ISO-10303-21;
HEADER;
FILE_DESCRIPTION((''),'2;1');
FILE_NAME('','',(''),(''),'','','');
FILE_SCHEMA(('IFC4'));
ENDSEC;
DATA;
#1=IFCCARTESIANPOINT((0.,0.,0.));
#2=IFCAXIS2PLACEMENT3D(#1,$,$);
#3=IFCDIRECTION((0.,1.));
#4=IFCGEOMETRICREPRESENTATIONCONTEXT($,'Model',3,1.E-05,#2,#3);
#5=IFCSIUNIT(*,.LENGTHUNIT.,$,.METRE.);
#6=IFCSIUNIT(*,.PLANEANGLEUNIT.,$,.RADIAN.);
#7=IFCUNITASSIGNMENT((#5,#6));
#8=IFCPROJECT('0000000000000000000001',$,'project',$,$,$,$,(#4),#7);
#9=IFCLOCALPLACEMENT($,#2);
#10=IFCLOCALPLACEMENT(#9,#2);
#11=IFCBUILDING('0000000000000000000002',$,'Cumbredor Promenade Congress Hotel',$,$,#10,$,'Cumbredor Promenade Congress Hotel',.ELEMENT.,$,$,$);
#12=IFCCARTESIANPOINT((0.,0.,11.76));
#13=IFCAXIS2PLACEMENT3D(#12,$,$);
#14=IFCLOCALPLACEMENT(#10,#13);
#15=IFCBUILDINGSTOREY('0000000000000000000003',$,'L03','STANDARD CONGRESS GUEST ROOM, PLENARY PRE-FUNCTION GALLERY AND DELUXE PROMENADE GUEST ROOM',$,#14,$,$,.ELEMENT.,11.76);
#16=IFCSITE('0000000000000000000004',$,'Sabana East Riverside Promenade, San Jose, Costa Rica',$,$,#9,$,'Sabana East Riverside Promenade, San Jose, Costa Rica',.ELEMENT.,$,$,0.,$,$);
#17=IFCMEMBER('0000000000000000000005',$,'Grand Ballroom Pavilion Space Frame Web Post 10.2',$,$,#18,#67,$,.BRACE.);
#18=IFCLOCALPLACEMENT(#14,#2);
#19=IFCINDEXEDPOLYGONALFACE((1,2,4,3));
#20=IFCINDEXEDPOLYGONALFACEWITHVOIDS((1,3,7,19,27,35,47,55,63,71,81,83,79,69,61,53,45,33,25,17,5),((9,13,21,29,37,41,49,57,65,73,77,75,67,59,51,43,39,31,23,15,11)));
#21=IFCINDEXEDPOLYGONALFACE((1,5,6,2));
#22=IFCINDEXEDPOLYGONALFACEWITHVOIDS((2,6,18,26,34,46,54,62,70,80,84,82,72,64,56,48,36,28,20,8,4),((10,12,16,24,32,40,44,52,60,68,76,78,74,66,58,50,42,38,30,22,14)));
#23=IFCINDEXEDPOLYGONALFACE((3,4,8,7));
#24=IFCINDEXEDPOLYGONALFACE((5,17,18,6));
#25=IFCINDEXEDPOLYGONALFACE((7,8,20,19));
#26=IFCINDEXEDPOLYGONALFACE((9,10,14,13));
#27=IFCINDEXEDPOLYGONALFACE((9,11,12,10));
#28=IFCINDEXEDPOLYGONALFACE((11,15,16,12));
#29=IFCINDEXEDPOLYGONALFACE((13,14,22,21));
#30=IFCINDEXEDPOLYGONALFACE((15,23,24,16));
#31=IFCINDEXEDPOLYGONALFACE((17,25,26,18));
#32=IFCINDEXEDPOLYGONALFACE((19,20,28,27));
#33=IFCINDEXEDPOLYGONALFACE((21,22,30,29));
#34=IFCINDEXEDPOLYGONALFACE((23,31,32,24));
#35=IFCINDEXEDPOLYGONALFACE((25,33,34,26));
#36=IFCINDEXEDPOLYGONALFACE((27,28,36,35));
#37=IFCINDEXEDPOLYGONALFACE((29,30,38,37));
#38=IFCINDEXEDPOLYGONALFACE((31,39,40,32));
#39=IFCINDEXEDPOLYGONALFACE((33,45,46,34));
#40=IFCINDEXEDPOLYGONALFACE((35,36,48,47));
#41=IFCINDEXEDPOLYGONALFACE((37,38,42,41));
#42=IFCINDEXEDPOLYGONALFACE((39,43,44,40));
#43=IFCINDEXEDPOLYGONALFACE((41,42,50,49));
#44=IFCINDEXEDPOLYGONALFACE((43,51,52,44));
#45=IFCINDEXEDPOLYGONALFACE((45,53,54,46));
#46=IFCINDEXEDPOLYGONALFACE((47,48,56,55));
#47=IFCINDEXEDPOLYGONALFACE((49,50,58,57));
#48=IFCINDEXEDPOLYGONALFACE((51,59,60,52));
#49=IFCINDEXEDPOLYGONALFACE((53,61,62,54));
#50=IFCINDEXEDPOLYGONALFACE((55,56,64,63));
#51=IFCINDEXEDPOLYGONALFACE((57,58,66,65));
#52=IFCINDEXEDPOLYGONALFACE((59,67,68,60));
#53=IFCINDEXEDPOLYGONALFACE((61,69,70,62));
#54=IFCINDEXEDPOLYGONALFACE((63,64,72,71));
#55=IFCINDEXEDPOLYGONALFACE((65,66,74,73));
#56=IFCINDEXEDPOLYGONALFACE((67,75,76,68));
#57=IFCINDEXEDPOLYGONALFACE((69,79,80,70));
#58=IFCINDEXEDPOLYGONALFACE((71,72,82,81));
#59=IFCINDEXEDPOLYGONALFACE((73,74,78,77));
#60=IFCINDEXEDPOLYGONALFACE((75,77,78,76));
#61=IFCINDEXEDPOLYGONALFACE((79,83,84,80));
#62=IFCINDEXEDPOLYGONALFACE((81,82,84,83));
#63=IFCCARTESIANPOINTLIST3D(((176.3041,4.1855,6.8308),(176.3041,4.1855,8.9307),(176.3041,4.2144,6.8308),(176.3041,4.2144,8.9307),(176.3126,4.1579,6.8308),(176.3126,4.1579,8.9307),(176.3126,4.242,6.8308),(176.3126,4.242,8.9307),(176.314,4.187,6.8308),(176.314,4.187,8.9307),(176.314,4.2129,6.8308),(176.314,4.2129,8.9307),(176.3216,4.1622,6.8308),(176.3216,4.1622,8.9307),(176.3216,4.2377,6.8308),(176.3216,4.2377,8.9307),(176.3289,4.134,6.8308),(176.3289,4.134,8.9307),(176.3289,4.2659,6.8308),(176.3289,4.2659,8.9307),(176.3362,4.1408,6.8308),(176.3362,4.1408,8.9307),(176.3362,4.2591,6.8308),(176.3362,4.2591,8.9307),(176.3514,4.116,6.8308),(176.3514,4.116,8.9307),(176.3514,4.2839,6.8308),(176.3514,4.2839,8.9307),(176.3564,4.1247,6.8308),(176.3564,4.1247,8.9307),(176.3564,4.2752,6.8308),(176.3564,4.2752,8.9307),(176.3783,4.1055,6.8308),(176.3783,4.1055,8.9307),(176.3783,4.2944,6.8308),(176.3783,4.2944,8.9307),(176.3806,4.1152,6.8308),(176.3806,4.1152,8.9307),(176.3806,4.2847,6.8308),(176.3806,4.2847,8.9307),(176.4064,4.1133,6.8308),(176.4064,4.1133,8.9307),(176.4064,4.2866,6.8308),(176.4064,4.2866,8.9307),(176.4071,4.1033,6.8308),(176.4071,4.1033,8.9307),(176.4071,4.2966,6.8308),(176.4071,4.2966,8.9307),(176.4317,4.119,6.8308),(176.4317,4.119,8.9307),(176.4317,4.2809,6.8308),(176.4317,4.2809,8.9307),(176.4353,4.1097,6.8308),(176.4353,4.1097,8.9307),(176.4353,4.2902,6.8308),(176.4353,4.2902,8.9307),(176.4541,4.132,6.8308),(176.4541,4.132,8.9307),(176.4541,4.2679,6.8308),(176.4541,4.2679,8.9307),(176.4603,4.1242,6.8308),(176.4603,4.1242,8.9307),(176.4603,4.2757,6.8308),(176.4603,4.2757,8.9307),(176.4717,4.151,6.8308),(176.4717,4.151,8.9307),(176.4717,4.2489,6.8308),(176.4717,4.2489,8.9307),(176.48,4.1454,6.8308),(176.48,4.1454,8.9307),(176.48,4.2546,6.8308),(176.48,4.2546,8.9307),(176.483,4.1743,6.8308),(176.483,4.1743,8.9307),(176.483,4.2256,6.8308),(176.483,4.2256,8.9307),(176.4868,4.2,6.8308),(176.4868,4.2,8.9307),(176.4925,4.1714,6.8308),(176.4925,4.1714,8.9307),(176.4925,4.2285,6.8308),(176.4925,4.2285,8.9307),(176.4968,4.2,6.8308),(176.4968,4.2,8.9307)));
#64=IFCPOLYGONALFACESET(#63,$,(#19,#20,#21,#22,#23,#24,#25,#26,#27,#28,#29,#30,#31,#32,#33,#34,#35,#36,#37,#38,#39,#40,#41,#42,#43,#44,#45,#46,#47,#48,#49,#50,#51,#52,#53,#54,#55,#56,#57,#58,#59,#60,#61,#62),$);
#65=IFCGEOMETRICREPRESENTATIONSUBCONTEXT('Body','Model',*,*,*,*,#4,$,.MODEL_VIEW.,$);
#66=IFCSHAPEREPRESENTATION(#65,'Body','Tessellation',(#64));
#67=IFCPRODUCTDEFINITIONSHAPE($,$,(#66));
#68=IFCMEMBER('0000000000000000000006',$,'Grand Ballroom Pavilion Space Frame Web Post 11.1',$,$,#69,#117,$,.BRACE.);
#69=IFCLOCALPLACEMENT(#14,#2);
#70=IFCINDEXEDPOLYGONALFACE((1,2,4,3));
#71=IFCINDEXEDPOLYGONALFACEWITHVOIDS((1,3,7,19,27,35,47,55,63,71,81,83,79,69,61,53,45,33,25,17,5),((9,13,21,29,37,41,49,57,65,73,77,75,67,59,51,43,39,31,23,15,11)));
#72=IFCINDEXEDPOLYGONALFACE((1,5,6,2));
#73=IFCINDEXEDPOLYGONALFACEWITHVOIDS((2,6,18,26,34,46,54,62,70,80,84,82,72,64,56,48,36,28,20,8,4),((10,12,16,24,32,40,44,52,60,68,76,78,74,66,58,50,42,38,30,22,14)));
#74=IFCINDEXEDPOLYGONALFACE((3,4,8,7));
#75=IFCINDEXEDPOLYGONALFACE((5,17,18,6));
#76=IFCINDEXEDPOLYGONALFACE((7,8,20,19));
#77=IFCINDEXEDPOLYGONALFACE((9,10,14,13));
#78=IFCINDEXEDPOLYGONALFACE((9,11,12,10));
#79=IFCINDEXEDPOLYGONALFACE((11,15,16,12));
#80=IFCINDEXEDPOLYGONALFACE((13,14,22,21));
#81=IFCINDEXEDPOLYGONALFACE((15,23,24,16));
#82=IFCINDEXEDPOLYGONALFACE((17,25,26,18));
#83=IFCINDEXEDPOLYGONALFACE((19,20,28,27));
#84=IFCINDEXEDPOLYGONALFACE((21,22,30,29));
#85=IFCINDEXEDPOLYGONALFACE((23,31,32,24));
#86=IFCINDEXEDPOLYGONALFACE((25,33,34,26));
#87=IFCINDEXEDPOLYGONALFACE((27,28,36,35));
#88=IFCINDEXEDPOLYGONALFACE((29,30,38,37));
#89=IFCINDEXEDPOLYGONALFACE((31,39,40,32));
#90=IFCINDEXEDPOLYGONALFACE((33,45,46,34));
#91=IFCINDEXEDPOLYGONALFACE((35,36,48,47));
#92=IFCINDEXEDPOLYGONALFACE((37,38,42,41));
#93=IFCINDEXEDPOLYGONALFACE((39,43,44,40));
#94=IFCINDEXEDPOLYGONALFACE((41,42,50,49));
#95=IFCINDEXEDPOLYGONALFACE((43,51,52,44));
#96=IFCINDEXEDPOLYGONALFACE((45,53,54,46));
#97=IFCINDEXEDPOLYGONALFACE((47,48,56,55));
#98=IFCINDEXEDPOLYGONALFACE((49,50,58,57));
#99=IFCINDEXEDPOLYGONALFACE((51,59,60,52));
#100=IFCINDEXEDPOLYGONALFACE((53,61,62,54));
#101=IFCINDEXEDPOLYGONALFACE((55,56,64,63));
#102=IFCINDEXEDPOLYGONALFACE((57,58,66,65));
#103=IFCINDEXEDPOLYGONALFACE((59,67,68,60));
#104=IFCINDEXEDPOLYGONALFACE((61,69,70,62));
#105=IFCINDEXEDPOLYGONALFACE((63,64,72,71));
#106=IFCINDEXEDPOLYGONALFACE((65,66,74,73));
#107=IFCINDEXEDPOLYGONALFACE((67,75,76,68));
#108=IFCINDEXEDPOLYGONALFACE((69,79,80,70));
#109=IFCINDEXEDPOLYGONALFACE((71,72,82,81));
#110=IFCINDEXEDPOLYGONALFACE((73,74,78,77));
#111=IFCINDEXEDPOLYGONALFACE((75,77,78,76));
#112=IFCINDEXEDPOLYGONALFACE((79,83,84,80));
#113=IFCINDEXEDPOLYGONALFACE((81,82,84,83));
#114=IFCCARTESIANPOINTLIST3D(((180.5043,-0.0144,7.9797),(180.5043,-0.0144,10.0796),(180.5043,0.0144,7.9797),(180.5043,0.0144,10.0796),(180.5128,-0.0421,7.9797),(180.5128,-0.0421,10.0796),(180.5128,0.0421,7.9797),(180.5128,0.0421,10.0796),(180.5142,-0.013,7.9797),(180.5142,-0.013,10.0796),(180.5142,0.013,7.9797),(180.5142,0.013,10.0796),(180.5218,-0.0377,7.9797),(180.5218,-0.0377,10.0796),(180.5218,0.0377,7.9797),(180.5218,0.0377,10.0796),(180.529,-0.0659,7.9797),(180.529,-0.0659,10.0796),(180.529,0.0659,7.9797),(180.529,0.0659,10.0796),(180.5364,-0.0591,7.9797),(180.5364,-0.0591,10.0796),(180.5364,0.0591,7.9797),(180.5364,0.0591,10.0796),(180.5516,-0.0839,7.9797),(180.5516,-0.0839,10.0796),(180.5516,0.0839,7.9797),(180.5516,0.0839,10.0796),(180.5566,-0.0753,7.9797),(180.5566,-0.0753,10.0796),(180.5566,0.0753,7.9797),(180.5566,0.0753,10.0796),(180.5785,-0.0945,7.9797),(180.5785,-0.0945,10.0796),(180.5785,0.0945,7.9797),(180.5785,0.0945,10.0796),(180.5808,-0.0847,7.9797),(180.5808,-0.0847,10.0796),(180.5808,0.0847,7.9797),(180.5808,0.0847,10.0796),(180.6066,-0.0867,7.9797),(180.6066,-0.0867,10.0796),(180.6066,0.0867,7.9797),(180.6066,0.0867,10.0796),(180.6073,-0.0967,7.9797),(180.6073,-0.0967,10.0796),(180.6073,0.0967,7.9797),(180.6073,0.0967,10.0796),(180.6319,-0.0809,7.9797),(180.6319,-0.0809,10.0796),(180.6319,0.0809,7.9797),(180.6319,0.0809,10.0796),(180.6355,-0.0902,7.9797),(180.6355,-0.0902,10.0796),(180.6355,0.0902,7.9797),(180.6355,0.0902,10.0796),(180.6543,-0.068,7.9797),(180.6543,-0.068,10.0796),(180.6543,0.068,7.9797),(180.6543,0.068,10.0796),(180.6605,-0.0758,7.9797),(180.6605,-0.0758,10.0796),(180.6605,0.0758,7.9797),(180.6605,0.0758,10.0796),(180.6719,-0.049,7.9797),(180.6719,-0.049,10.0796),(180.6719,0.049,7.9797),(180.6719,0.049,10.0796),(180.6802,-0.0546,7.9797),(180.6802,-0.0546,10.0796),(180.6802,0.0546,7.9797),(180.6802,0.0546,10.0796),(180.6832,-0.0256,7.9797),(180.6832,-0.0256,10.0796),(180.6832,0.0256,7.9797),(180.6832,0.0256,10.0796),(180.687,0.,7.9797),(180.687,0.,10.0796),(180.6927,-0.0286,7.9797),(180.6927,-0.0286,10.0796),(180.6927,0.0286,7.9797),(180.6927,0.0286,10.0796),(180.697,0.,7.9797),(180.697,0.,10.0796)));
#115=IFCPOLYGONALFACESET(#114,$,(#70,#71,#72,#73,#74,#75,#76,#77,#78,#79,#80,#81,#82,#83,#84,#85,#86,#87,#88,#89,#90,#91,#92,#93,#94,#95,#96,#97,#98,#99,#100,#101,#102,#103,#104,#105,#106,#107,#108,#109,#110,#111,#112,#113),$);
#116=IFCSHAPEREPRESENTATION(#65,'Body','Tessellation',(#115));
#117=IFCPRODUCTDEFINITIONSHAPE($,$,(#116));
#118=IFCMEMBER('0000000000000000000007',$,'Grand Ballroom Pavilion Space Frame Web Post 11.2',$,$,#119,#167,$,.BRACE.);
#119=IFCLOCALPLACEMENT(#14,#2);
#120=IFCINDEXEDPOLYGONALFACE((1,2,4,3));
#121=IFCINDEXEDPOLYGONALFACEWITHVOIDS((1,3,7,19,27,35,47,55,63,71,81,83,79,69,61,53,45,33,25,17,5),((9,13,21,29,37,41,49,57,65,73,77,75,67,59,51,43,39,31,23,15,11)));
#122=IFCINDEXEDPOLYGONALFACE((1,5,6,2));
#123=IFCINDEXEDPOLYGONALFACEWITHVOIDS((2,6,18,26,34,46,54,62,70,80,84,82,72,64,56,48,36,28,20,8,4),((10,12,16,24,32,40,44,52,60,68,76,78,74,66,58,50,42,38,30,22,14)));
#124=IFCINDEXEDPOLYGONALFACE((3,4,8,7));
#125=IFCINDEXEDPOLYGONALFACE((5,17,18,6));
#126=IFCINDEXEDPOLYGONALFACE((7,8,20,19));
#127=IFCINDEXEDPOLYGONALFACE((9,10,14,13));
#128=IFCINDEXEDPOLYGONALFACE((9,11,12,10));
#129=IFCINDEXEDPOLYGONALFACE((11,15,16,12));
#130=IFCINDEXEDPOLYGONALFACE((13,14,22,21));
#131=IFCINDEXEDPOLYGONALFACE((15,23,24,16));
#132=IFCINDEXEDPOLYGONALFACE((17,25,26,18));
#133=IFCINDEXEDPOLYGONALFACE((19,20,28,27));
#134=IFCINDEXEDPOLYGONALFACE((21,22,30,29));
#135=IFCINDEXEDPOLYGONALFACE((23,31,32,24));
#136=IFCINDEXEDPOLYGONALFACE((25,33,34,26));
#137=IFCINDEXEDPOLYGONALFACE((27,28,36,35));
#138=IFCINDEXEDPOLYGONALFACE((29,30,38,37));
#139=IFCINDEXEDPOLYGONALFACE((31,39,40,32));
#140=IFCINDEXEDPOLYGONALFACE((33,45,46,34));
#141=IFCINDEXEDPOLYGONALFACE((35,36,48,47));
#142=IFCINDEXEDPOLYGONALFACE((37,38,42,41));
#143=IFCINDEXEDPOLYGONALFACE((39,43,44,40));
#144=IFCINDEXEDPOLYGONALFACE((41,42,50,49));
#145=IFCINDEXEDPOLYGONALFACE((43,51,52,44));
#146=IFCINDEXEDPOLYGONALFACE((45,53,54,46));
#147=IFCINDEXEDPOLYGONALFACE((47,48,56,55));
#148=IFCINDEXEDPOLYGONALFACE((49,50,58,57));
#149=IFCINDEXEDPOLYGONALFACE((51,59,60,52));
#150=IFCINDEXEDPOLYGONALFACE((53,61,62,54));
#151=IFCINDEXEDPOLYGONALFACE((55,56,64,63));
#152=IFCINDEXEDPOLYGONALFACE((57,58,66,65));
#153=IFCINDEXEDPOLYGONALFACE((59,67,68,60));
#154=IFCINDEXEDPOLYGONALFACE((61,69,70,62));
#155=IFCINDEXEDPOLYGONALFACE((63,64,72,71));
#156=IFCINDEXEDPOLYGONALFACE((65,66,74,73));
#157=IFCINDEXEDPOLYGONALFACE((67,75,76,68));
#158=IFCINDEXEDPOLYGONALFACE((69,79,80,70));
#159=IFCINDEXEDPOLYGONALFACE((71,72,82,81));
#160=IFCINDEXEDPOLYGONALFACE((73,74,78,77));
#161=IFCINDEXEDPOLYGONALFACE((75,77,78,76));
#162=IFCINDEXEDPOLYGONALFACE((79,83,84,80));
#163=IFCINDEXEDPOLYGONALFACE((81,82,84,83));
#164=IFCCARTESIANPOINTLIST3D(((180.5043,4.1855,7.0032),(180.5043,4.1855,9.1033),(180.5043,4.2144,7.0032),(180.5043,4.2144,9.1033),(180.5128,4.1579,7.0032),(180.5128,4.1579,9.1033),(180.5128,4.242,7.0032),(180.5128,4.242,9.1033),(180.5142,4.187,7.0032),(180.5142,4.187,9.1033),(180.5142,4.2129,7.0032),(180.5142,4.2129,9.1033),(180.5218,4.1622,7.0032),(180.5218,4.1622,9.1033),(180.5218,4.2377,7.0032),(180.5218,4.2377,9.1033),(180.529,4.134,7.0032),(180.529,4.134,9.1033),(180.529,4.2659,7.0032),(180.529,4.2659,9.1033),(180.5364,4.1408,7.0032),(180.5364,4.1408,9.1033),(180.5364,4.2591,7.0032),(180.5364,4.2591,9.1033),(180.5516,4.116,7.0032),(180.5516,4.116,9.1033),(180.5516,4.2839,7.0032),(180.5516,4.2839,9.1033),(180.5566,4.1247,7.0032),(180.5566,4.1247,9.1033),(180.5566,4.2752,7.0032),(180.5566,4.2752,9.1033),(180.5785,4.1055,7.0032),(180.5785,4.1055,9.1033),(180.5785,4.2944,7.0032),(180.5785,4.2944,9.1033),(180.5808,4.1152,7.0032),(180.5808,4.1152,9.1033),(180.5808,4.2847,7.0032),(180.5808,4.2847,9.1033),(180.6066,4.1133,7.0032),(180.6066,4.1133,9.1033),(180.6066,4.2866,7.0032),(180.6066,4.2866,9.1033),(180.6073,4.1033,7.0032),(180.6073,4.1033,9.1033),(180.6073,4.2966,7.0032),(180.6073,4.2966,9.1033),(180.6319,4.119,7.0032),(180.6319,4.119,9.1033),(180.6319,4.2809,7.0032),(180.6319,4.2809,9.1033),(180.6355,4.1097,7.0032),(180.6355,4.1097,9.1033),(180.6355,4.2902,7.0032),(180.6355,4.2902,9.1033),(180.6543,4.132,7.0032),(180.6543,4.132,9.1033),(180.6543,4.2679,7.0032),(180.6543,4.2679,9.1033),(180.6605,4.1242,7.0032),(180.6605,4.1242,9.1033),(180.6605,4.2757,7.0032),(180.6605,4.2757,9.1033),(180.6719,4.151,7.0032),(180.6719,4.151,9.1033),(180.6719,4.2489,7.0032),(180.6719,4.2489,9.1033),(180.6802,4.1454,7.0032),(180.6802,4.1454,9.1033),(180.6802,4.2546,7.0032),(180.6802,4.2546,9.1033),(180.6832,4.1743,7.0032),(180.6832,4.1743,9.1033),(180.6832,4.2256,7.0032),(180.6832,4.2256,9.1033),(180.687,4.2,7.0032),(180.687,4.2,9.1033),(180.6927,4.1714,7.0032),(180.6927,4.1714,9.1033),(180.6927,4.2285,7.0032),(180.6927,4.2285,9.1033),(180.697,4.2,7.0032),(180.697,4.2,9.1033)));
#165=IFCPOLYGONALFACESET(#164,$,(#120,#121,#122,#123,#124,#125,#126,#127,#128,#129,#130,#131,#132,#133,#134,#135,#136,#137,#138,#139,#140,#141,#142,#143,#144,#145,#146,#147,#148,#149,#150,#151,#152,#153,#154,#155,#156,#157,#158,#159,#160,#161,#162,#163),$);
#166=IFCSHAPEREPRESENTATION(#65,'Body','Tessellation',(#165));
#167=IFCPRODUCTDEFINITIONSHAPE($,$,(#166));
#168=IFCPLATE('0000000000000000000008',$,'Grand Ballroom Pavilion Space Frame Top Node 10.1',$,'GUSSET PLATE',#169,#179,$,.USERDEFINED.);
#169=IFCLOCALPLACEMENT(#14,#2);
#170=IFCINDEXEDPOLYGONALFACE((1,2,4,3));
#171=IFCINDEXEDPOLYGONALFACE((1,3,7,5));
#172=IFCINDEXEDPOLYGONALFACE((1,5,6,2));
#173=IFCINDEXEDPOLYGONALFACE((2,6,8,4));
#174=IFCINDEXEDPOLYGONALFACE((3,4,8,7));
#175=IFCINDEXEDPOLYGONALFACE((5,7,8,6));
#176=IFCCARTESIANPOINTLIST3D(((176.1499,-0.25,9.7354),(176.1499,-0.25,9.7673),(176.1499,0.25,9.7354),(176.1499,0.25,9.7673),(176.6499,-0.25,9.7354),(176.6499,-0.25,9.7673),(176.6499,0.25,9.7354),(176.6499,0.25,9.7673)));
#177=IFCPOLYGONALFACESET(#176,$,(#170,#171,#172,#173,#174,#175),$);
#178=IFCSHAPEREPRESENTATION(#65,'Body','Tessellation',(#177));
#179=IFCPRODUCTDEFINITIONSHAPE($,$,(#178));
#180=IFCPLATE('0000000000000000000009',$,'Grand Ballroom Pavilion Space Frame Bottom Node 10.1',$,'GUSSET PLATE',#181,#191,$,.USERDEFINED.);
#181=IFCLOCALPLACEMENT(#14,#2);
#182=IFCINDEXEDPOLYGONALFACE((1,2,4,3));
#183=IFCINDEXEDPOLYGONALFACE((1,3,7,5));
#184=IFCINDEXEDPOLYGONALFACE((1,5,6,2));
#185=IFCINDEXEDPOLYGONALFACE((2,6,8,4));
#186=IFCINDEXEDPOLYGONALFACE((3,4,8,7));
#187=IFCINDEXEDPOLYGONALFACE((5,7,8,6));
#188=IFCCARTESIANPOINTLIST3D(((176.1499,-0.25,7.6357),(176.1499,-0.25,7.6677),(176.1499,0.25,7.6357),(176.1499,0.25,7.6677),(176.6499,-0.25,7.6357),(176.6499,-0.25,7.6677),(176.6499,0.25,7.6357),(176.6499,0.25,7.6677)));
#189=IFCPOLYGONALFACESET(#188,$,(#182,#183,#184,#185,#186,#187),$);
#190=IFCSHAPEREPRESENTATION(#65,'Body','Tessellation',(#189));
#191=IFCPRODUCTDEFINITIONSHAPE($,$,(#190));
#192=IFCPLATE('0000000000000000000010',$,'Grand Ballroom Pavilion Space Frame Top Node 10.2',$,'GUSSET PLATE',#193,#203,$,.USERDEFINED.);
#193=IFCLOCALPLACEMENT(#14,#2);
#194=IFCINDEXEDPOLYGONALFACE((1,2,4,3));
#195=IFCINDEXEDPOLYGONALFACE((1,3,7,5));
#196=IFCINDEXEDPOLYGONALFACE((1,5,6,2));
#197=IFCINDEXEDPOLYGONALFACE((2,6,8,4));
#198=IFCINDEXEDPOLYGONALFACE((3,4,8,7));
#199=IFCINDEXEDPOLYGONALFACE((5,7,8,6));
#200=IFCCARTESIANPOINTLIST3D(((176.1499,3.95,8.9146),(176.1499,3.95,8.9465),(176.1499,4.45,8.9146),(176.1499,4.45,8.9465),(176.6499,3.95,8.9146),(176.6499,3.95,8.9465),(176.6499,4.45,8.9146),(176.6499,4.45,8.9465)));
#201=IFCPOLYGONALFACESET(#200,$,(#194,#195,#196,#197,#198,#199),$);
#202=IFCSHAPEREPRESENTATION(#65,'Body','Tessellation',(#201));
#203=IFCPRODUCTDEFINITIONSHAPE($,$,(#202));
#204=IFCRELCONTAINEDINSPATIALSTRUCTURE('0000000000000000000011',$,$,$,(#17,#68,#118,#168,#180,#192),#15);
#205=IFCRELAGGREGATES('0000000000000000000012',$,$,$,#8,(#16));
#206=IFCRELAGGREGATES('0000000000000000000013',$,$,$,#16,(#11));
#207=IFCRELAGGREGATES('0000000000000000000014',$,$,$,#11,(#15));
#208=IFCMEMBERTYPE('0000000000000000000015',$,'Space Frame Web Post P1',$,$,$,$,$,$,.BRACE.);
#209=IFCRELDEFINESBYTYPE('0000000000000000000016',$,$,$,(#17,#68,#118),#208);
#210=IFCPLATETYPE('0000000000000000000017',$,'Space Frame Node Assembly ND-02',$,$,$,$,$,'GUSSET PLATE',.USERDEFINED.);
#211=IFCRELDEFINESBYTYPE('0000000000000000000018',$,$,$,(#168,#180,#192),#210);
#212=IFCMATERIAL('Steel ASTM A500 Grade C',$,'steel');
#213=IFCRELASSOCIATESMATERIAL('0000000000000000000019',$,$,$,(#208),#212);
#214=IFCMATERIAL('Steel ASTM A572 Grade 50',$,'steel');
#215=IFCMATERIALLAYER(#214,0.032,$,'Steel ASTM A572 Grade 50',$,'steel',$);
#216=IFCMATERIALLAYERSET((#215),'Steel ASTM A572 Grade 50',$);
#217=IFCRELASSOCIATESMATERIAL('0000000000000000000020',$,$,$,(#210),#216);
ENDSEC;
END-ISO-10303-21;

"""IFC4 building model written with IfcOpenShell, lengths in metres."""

from ifc_helpers import new_model, si_unit, direction, frame, origin, origin_2d, place, context, subcontext, project, spatial, rectangle, hollow_circle, extrude, material, layer, layer_set, material_profile, profile_set, type_object, element, save


model = new_model("IFC4")

# Units and contexts
model_context = context("Model", 3, precision=1e-05, world=origin(), true_north=direction((0.0, 1.0)))
body_context = subcontext(model_context, "Body", "Model", "MODEL_VIEW")
ifc_project = project(units=[si_unit("LENGTHUNIT", "METRE"), si_unit("PLANEANGLEUNIT", "RADIAN")], contexts=[model_context])

# Site, building, storey
site_placement = place(None, origin())
site = spatial("IfcSite", under=ifc_project, at=site_placement, Name="Sabana East Riverside Promenade, San Jose, Costa Rica", LongName="Sabana East Riverside Promenade, San Jose, Costa Rica", CompositionType="ELEMENT", RefElevation=0.0)
building_placement = place(site_placement, origin())
building = spatial("IfcBuilding", under=site, at=building_placement, Name="Cumbredor Promenade Congress Hotel", LongName="Cumbredor Promenade Congress Hotel", CompositionType="ELEMENT")
storey_placement = place(building_placement, frame((0.0, 0.0, 11.76)))
storey = spatial("IfcBuildingStorey", under=building, at=storey_placement, Name="L03", Description="STANDARD CONGRESS GUEST ROOM, PLENARY PRE-FUNCTION GALLERY AND DELUXE PROMENADE GUEST ROOM", CompositionType="ELEMENT", Elevation=11.76)

# Shared definitions
ifc_material_1 = material(Name="Steel ASTM A500 Grade C", Category="steel")

# Members
ifc_material_profile_1 = material_profile(ifc_material_1, hollow_circle(Radius=0.0969, WallThickness=0.01, at=origin_2d()), Name="CHS 193.7x10")
ifc_profile_set_1 = profile_set([ifc_material_profile_1], Name="Steel ASTM A500 Grade C")
member_type_1 = type_object("IfcMemberType", Name="Space Frame Web Post P1", PredefinedType="BRACE", material=ifc_profile_set_1)
for number, where, z_axis, x_axis, name in (
    (1, (176.3999, 4.2, 6.8308), (0.0, 0.0, 1.0), (1.0, 0.0, 0.0), "Grand Ballroom Pavilion Space Frame Web Post 10.2"),
    (2, (180.6001, 0.0, 7.9797), (0.0, 0.0, 1.0), (1.0, 0.0, 0.0), "Grand Ballroom Pavilion Space Frame Web Post 11.1"),
):
    element("IfcMember", number, at=place(storey_placement, frame(where, z_axis=z_axis, x_axis=x_axis)), inside=storey, type_object=member_type_1, Name=name, PredefinedType="BRACE", context=body_context, shape_type="SweptSolid", body=[
        extrude(hollow_circle(Radius=0.0969, WallThickness=0.01, at=origin_2d()), origin(), (0.0, 0.0, 1.0), 2.0999),
    ])
member_1_placement = place(storey_placement, frame((180.6001, 4.2, 7.0032), z_axis=(0.0, 0.0, 1.0), x_axis=(1.0, 0.0, 0.0)))
element("IfcMember", 3, at=member_1_placement, inside=storey, type_object=member_type_1, Name="Grand Ballroom Pavilion Space Frame Web Post 11.2", PredefinedType="BRACE", context=body_context, shape_type="SweptSolid", body=[
    extrude(hollow_circle(Radius=0.0969, WallThickness=0.01, at=origin_2d()), origin(), (0.0, 0.0, 1.0), 2.1001),
])

# Plates
ifc_material_2 = material(Name="Steel ASTM A572 Grade 50", Category="steel")
ifc_layer = layer(ifc_material_2, 0.032, Name="Steel ASTM A572 Grade 50", Category="steel")
ifc_layer_set = layer_set([ifc_layer], Name="Steel ASTM A572 Grade 50")
plate_type = type_object("IfcPlateType", Name="Space Frame Node Assembly ND-02", ElementType="GUSSET PLATE", PredefinedType="USERDEFINED", material=ifc_layer_set)
for number, where, z_axis, x_axis, name in (
    (4, (176.3999, 0.0, 9.7354), (0.0, 0.0, 1.0), (1.0, 0.0, 0.0), "Grand Ballroom Pavilion Space Frame Top Node 10.1"),
    (5, (176.3999, 0.0, 7.6357), (0.0, 0.0, 1.0), (1.0, 0.0, 0.0), "Grand Ballroom Pavilion Space Frame Bottom Node 10.1"),
    (6, (176.3999, 4.2, 8.9146), (0.0, 0.0, 1.0), (1.0, 0.0, 0.0), "Grand Ballroom Pavilion Space Frame Top Node 10.2"),
):
    element("IfcPlate", number, at=place(storey_placement, frame(where, z_axis=z_axis, x_axis=x_axis)), inside=storey, type_object=plate_type, Name=name, ObjectType="GUSSET PLATE", PredefinedType="USERDEFINED", context=body_context, shape_type="SweptSolid", body=[
        extrude(rectangle(XDim=0.5, YDim=0.5, at=origin_2d()), origin(), (0.0, 0.0, 1.0), 0.032),
    ])

save(model, "model.ifc")
